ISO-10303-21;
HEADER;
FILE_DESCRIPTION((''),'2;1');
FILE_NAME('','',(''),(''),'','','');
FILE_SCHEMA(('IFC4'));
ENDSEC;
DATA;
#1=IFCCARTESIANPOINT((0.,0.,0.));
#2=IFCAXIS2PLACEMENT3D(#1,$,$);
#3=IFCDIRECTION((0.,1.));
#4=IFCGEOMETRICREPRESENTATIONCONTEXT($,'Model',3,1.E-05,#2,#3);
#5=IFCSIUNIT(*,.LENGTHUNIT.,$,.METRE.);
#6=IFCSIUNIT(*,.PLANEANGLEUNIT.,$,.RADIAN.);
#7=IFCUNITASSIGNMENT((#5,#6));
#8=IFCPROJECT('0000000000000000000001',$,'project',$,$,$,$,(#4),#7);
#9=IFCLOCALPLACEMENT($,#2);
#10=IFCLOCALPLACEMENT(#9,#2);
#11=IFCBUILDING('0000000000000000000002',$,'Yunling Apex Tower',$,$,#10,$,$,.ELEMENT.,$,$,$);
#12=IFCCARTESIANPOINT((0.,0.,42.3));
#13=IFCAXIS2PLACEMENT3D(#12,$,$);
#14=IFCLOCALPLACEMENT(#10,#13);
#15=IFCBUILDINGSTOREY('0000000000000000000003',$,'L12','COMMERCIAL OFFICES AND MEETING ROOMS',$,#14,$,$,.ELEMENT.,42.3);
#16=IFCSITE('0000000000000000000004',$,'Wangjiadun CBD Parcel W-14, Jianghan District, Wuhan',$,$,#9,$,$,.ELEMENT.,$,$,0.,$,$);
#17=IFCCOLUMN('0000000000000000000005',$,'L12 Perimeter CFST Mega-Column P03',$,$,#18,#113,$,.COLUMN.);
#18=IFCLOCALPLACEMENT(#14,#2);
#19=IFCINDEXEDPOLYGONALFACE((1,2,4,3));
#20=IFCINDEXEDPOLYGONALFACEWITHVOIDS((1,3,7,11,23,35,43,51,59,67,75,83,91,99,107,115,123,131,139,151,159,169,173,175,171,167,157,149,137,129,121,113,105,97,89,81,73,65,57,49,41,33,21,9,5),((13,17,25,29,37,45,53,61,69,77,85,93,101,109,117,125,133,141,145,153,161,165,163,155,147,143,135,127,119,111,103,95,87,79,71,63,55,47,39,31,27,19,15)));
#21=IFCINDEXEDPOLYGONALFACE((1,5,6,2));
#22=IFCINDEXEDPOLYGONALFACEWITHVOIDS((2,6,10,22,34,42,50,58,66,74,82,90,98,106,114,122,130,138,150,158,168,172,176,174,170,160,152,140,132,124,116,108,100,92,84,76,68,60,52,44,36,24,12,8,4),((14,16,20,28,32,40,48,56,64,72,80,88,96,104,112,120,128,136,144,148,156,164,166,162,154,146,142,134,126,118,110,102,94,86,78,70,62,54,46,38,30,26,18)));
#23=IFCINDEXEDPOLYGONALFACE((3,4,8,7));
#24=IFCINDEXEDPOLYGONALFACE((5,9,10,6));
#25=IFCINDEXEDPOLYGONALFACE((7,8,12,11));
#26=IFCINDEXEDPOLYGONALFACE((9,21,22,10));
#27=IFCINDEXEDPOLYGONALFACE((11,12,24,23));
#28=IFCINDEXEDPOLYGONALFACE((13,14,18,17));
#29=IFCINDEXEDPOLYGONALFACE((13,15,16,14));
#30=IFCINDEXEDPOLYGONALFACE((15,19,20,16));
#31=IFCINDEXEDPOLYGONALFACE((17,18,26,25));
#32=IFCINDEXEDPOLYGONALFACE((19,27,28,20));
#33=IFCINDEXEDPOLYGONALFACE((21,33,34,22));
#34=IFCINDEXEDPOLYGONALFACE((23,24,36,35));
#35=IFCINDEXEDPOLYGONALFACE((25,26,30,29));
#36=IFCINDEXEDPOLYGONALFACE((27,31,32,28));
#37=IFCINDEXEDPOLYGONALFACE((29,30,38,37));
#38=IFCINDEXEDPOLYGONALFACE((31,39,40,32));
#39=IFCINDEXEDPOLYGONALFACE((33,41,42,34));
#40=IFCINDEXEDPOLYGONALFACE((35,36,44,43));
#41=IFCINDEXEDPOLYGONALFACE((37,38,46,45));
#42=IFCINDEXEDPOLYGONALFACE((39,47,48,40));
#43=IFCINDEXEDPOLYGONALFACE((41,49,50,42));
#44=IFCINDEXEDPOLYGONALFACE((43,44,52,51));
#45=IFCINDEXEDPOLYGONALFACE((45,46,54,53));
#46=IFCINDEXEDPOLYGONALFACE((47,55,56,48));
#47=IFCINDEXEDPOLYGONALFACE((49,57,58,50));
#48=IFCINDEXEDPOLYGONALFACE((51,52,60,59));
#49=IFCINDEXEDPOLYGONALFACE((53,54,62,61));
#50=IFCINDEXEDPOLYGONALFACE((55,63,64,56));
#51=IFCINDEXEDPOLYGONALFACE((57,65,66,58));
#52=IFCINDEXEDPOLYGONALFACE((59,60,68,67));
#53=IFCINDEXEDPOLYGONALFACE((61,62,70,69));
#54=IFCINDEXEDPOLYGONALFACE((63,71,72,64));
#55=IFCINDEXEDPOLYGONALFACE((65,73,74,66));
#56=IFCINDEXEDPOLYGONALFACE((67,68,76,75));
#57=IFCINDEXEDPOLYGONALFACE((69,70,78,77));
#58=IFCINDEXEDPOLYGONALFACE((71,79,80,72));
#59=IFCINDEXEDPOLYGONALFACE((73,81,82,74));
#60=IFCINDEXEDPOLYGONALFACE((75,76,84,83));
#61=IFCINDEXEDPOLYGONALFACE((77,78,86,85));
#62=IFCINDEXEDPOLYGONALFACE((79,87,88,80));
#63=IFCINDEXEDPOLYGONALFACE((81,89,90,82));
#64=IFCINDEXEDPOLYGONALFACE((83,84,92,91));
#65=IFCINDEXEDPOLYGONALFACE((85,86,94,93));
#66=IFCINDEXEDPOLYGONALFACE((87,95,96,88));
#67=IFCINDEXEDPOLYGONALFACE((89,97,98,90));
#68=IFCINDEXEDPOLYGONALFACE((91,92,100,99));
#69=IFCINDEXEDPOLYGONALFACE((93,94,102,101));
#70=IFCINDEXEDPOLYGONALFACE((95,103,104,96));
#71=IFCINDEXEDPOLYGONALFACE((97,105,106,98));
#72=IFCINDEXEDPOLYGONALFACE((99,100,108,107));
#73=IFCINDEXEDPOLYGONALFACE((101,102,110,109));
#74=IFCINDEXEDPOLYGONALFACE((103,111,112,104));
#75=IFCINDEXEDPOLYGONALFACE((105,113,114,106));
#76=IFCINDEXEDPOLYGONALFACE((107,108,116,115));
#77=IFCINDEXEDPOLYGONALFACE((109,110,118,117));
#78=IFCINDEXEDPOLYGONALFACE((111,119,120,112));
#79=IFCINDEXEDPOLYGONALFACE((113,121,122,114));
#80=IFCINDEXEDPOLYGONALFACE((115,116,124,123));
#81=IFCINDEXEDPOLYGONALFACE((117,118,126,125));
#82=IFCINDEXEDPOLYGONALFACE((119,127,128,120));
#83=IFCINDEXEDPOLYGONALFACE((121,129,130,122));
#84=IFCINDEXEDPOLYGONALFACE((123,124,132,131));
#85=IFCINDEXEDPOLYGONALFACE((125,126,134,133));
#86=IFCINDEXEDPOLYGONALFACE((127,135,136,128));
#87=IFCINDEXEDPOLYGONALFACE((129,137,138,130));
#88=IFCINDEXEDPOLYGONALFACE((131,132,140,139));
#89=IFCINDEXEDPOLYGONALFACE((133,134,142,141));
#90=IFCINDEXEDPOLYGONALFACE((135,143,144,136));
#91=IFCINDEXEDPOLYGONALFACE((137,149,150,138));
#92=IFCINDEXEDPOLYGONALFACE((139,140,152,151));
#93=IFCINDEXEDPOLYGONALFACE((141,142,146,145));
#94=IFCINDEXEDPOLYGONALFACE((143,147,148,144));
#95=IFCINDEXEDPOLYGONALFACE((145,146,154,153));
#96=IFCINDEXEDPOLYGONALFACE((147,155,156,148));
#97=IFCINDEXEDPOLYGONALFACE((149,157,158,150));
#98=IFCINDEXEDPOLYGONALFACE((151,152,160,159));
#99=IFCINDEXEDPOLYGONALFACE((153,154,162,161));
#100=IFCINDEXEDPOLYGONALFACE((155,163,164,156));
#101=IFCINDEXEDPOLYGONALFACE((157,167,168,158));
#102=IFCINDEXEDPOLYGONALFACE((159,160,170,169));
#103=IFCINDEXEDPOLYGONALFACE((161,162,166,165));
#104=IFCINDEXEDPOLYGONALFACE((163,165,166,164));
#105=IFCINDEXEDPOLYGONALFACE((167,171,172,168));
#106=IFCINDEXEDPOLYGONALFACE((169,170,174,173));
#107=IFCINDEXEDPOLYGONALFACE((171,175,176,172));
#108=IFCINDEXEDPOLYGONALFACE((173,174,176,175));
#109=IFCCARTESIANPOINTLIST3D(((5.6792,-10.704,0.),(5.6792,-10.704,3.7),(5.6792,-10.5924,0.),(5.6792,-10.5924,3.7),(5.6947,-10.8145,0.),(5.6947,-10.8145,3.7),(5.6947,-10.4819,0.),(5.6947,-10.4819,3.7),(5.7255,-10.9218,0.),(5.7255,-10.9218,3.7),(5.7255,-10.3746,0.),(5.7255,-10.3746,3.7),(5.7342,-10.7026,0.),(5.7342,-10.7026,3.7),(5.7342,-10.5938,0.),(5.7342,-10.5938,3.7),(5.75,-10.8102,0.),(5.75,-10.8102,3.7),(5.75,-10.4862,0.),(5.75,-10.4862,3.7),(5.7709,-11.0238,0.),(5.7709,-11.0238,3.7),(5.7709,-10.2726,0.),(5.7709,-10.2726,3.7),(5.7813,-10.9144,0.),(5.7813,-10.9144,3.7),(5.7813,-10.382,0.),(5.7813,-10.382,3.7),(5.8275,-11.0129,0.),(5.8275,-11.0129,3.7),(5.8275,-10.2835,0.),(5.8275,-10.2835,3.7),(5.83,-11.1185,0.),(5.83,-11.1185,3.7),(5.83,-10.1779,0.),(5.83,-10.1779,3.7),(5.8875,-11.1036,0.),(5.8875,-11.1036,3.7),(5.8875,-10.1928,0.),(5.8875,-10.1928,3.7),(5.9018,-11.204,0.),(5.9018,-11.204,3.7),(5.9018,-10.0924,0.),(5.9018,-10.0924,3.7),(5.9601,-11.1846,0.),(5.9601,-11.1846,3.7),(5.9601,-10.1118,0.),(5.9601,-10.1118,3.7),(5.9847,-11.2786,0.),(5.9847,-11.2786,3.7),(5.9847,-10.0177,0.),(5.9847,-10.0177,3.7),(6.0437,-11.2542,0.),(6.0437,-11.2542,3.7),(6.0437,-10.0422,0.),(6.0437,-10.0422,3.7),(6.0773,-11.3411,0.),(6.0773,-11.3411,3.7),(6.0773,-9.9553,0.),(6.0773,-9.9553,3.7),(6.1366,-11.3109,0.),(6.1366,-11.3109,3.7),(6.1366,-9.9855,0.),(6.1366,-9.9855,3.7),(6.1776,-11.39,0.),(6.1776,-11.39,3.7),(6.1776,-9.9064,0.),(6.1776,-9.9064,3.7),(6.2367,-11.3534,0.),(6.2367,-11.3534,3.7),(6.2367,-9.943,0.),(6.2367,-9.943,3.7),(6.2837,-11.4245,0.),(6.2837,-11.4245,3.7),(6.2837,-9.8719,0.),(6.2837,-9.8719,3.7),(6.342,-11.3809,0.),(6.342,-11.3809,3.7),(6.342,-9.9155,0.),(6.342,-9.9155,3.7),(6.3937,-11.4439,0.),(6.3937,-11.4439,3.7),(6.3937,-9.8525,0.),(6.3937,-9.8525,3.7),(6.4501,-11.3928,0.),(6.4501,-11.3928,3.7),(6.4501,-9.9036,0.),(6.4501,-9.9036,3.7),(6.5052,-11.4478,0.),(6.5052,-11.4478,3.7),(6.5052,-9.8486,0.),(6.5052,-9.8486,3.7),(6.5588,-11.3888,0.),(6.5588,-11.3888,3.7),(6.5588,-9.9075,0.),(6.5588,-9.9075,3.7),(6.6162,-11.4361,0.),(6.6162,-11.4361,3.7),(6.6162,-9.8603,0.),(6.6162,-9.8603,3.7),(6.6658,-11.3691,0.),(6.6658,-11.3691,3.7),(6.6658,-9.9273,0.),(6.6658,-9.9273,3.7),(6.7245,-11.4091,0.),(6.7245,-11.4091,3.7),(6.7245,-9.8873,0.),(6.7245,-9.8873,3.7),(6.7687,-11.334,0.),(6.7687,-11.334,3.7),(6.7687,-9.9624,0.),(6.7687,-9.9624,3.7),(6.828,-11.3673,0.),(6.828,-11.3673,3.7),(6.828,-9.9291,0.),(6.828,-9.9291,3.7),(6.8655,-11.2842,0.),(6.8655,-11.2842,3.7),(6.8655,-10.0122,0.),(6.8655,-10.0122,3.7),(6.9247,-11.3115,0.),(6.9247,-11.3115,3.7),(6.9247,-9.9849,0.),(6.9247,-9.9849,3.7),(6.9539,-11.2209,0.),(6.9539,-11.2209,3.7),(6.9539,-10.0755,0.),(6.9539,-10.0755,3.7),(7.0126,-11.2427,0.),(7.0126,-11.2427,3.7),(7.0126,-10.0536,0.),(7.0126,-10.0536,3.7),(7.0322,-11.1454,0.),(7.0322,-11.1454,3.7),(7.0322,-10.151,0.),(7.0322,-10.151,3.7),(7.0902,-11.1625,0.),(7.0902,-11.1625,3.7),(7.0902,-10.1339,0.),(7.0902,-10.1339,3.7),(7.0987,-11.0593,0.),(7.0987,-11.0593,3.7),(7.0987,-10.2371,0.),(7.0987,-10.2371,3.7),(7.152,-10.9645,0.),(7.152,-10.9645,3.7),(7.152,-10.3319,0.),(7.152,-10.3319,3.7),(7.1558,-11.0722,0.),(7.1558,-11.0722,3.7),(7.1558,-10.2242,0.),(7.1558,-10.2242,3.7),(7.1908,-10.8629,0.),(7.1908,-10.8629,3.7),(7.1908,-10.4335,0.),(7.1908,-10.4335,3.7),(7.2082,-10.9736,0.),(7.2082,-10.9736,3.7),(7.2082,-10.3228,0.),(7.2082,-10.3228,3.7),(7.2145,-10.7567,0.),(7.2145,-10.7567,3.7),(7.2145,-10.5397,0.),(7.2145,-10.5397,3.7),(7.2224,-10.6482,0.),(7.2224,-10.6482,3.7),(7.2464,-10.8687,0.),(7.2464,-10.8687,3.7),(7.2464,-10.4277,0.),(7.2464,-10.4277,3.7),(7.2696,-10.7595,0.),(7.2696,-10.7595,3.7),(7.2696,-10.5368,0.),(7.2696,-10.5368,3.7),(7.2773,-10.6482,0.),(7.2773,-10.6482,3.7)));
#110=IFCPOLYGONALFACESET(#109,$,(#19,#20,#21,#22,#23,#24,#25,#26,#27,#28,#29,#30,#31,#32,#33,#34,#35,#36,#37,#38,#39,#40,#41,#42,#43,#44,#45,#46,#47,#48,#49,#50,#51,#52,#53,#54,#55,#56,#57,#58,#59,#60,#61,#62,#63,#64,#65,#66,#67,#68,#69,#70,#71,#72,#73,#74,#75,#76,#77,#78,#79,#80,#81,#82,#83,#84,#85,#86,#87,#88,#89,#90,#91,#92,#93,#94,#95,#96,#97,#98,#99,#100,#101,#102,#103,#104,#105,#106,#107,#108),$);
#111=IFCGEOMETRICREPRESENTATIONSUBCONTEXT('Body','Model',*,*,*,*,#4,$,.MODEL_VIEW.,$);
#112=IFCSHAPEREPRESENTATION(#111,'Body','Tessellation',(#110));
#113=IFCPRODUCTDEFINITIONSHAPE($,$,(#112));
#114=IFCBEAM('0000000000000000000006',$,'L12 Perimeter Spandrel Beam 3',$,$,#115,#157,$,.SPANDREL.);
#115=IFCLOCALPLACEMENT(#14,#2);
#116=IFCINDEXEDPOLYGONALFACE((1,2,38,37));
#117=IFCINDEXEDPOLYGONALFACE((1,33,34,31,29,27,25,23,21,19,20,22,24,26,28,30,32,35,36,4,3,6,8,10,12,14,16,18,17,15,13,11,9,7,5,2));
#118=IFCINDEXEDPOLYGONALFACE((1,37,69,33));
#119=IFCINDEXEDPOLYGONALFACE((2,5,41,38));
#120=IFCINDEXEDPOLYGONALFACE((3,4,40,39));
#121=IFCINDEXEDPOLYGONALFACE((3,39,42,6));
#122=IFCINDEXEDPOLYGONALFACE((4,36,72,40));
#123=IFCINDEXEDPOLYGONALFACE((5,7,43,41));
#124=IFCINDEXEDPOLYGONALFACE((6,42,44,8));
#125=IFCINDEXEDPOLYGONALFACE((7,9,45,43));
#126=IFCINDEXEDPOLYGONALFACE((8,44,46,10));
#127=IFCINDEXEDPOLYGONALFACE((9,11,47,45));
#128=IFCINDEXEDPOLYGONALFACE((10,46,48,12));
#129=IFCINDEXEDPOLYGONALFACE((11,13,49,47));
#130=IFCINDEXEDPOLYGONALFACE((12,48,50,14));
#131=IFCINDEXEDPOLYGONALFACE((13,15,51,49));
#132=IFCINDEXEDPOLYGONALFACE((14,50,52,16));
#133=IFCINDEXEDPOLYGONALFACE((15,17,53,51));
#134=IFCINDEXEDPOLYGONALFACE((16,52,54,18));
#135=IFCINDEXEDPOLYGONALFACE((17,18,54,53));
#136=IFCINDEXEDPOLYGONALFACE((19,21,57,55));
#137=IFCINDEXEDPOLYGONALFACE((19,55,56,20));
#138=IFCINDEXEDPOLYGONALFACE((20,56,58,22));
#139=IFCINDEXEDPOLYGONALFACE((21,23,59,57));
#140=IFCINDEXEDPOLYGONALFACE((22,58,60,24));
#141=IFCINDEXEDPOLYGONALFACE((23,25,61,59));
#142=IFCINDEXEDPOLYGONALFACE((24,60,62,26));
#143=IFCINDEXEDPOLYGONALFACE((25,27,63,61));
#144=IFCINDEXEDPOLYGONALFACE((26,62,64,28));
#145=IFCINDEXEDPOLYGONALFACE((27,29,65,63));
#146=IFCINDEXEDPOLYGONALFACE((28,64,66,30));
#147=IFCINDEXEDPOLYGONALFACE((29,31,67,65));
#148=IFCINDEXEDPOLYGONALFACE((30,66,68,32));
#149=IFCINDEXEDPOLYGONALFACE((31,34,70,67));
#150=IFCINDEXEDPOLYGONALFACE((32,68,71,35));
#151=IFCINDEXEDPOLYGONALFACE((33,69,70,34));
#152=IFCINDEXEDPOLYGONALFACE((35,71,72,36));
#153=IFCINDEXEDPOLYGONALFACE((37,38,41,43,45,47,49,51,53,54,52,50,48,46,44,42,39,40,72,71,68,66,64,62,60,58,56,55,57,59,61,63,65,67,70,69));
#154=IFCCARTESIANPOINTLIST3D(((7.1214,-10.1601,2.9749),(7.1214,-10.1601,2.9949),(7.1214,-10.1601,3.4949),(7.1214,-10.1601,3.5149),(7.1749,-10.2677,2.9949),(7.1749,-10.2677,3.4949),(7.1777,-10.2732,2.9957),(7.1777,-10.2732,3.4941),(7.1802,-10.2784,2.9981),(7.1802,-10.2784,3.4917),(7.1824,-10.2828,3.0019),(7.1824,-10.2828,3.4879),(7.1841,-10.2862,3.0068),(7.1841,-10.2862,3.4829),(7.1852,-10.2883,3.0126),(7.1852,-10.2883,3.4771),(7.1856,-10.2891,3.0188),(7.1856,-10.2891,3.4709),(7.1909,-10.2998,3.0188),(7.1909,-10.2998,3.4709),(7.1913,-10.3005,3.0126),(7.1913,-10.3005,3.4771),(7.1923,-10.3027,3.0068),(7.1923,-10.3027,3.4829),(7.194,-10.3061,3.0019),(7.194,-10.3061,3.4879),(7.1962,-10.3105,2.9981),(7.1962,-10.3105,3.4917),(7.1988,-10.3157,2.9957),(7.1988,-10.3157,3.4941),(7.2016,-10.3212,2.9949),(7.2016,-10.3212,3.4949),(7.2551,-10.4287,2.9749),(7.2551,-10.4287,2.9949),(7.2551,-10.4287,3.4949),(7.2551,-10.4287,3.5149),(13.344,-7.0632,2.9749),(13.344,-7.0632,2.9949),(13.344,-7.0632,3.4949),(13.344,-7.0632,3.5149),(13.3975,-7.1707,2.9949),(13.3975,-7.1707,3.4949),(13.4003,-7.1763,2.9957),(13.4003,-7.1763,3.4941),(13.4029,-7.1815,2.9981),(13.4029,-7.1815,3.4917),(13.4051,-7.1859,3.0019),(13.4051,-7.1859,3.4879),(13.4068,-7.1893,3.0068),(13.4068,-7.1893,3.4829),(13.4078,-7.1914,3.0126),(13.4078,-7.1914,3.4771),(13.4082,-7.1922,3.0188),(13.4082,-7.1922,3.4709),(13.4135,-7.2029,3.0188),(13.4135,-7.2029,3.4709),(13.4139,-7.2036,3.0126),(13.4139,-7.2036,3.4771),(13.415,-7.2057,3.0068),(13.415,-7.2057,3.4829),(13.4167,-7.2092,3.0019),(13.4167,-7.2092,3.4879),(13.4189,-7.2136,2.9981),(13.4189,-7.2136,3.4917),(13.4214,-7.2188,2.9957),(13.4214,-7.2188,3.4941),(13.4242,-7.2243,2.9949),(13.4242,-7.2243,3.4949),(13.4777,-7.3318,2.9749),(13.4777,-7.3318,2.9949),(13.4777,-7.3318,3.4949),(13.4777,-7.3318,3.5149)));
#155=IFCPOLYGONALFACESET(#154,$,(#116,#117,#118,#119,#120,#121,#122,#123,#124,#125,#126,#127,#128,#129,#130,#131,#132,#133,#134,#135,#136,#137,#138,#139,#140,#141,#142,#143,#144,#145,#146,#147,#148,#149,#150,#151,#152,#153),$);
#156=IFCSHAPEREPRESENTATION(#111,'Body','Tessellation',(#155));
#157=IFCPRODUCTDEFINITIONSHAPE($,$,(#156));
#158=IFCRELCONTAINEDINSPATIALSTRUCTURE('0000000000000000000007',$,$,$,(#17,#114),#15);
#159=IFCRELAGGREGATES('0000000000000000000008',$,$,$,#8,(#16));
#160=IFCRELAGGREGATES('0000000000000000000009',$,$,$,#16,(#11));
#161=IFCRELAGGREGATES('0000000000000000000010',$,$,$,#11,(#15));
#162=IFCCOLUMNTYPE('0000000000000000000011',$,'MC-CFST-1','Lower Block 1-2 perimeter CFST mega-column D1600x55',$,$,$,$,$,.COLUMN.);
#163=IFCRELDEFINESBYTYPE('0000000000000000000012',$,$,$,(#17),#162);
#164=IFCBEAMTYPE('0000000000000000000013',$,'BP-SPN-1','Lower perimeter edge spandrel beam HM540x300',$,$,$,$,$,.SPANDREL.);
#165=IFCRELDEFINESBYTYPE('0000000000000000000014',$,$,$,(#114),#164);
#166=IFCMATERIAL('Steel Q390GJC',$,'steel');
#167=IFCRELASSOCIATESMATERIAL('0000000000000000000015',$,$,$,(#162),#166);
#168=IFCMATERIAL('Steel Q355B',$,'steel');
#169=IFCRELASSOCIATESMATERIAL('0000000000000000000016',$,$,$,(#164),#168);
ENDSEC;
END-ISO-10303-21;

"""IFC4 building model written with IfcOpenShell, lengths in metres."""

from ifc_helpers import new_model, si_unit, direction, frame, origin, origin_2d, place, context, subcontext, project, spatial, hollow_circle, i_section, extrude, source, transform, mapped, material, material_profile, profile_set, type_object, element, save


model = new_model("IFC4")

# Units and contexts
model_context = context("Model", 3, precision=1e-05, world=origin(), true_north=direction((0.0, 1.0)))
body_context = subcontext(model_context, "Body", "Model", "MODEL_VIEW")
ifc_project = project(units=[si_unit("LENGTHUNIT", "METRE"), si_unit("PLANEANGLEUNIT", "RADIAN")], contexts=[model_context])

# Site, building, storey
site_placement = place(None, origin())
site = spatial("IfcSite", under=ifc_project, at=site_placement, Name="Wangjiadun CBD Parcel W-14, Jianghan District, Wuhan", CompositionType="ELEMENT", RefElevation=0.0)
building_placement = place(site_placement, origin())
building = spatial("IfcBuilding", under=site, at=building_placement, Name="Yunling Apex Tower", CompositionType="ELEMENT")
storey_placement = place(building_placement, frame((0.0, 0.0, 42.3)))
storey = spatial("IfcBuildingStorey", under=building, at=storey_placement, Name="L12", Description="COMMERCIAL OFFICES AND MEETING ROOMS", CompositionType="ELEMENT", Elevation=42.3)

# Column
ifc_material_1 = material(Name="Steel Q390GJC", Category="steel")
ifc_material_profile_1 = material_profile(ifc_material_1, hollow_circle(Radius=0.8, WallThickness=0.0549, at=origin_2d()))
ifc_profile_set_1 = profile_set([ifc_material_profile_1], Name="Steel Q390GJC")
column_type = type_object("IfcColumnType", Name="MC-CFST-1", Description="Lower Block 1-2 perimeter CFST mega-column D1600x55", PredefinedType="COLUMN", material=ifc_profile_set_1)
shared_shape_1 = source(origin(), body_context, "Body", "SweptSolid", [
    extrude(hollow_circle(Radius=0.8, WallThickness=0.0549, at=origin_2d()), origin(), (0.0, 0.0, 1.0), 3.7),
])
column_placement = place(storey_placement, frame((6.4773, -10.6482, 0.0), z_axis=(0.0, 0.0, 1.0), x_axis=(1.0, 0.0, 0.0)))
element("IfcColumn", 1, at=column_placement, inside=storey, type_object=column_type, Name="L12 Perimeter CFST Mega-Column P03", PredefinedType="COLUMN", context=body_context, shape_type="MappedRepresentation", body=[
    mapped(shared_shape_1, transform((0.0, 0.0, 0.0), scale=1.0)),
])

# Beam
ifc_material_2 = material(Name="Steel Q355B", Category="steel")
ifc_material_profile_2 = material_profile(ifc_material_2, i_section(OverallWidth=0.3, OverallDepth=0.54, WebThickness=0.012, FlangeThickness=0.02, FilletRadius=0.0239, at=origin_2d()))
ifc_profile_set_2 = profile_set([ifc_material_profile_2], Name="Steel Q355B")
beam_type_1 = type_object("IfcBeamType", Name="BP-SPN-1", Description="Lower perimeter edge spandrel beam HM540x300", PredefinedType="SPANDREL", material=ifc_profile_set_2)
shared_shape_2 = source(origin(), body_context, "Body", "SweptSolid", [
    extrude(i_section(OverallWidth=0.3, OverallDepth=0.54, WebThickness=0.012, FlangeThickness=0.02, FilletRadius=0.0239, at=origin_2d()), origin(), (0.0, 0.0, 1.0), 6.9507),
])
beam_1_placement = place(storey_placement, frame((7.1882, -10.2944, 3.2449), z_axis=(0.895255, 0.445555, 0.0), x_axis=(-0.445555, 0.895255, 0.0)))
element("IfcBeam", 2, at=beam_1_placement, inside=storey, type_object=beam_type_1, Name="L12 Perimeter Spandrel Beam 3", PredefinedType="SPANDREL", context=body_context, shape_type="MappedRepresentation", body=[
    mapped(shared_shape_2, transform((0.0, 0.0, 0.0), scale=1.0)),
])

save(model, "model.ifc")
